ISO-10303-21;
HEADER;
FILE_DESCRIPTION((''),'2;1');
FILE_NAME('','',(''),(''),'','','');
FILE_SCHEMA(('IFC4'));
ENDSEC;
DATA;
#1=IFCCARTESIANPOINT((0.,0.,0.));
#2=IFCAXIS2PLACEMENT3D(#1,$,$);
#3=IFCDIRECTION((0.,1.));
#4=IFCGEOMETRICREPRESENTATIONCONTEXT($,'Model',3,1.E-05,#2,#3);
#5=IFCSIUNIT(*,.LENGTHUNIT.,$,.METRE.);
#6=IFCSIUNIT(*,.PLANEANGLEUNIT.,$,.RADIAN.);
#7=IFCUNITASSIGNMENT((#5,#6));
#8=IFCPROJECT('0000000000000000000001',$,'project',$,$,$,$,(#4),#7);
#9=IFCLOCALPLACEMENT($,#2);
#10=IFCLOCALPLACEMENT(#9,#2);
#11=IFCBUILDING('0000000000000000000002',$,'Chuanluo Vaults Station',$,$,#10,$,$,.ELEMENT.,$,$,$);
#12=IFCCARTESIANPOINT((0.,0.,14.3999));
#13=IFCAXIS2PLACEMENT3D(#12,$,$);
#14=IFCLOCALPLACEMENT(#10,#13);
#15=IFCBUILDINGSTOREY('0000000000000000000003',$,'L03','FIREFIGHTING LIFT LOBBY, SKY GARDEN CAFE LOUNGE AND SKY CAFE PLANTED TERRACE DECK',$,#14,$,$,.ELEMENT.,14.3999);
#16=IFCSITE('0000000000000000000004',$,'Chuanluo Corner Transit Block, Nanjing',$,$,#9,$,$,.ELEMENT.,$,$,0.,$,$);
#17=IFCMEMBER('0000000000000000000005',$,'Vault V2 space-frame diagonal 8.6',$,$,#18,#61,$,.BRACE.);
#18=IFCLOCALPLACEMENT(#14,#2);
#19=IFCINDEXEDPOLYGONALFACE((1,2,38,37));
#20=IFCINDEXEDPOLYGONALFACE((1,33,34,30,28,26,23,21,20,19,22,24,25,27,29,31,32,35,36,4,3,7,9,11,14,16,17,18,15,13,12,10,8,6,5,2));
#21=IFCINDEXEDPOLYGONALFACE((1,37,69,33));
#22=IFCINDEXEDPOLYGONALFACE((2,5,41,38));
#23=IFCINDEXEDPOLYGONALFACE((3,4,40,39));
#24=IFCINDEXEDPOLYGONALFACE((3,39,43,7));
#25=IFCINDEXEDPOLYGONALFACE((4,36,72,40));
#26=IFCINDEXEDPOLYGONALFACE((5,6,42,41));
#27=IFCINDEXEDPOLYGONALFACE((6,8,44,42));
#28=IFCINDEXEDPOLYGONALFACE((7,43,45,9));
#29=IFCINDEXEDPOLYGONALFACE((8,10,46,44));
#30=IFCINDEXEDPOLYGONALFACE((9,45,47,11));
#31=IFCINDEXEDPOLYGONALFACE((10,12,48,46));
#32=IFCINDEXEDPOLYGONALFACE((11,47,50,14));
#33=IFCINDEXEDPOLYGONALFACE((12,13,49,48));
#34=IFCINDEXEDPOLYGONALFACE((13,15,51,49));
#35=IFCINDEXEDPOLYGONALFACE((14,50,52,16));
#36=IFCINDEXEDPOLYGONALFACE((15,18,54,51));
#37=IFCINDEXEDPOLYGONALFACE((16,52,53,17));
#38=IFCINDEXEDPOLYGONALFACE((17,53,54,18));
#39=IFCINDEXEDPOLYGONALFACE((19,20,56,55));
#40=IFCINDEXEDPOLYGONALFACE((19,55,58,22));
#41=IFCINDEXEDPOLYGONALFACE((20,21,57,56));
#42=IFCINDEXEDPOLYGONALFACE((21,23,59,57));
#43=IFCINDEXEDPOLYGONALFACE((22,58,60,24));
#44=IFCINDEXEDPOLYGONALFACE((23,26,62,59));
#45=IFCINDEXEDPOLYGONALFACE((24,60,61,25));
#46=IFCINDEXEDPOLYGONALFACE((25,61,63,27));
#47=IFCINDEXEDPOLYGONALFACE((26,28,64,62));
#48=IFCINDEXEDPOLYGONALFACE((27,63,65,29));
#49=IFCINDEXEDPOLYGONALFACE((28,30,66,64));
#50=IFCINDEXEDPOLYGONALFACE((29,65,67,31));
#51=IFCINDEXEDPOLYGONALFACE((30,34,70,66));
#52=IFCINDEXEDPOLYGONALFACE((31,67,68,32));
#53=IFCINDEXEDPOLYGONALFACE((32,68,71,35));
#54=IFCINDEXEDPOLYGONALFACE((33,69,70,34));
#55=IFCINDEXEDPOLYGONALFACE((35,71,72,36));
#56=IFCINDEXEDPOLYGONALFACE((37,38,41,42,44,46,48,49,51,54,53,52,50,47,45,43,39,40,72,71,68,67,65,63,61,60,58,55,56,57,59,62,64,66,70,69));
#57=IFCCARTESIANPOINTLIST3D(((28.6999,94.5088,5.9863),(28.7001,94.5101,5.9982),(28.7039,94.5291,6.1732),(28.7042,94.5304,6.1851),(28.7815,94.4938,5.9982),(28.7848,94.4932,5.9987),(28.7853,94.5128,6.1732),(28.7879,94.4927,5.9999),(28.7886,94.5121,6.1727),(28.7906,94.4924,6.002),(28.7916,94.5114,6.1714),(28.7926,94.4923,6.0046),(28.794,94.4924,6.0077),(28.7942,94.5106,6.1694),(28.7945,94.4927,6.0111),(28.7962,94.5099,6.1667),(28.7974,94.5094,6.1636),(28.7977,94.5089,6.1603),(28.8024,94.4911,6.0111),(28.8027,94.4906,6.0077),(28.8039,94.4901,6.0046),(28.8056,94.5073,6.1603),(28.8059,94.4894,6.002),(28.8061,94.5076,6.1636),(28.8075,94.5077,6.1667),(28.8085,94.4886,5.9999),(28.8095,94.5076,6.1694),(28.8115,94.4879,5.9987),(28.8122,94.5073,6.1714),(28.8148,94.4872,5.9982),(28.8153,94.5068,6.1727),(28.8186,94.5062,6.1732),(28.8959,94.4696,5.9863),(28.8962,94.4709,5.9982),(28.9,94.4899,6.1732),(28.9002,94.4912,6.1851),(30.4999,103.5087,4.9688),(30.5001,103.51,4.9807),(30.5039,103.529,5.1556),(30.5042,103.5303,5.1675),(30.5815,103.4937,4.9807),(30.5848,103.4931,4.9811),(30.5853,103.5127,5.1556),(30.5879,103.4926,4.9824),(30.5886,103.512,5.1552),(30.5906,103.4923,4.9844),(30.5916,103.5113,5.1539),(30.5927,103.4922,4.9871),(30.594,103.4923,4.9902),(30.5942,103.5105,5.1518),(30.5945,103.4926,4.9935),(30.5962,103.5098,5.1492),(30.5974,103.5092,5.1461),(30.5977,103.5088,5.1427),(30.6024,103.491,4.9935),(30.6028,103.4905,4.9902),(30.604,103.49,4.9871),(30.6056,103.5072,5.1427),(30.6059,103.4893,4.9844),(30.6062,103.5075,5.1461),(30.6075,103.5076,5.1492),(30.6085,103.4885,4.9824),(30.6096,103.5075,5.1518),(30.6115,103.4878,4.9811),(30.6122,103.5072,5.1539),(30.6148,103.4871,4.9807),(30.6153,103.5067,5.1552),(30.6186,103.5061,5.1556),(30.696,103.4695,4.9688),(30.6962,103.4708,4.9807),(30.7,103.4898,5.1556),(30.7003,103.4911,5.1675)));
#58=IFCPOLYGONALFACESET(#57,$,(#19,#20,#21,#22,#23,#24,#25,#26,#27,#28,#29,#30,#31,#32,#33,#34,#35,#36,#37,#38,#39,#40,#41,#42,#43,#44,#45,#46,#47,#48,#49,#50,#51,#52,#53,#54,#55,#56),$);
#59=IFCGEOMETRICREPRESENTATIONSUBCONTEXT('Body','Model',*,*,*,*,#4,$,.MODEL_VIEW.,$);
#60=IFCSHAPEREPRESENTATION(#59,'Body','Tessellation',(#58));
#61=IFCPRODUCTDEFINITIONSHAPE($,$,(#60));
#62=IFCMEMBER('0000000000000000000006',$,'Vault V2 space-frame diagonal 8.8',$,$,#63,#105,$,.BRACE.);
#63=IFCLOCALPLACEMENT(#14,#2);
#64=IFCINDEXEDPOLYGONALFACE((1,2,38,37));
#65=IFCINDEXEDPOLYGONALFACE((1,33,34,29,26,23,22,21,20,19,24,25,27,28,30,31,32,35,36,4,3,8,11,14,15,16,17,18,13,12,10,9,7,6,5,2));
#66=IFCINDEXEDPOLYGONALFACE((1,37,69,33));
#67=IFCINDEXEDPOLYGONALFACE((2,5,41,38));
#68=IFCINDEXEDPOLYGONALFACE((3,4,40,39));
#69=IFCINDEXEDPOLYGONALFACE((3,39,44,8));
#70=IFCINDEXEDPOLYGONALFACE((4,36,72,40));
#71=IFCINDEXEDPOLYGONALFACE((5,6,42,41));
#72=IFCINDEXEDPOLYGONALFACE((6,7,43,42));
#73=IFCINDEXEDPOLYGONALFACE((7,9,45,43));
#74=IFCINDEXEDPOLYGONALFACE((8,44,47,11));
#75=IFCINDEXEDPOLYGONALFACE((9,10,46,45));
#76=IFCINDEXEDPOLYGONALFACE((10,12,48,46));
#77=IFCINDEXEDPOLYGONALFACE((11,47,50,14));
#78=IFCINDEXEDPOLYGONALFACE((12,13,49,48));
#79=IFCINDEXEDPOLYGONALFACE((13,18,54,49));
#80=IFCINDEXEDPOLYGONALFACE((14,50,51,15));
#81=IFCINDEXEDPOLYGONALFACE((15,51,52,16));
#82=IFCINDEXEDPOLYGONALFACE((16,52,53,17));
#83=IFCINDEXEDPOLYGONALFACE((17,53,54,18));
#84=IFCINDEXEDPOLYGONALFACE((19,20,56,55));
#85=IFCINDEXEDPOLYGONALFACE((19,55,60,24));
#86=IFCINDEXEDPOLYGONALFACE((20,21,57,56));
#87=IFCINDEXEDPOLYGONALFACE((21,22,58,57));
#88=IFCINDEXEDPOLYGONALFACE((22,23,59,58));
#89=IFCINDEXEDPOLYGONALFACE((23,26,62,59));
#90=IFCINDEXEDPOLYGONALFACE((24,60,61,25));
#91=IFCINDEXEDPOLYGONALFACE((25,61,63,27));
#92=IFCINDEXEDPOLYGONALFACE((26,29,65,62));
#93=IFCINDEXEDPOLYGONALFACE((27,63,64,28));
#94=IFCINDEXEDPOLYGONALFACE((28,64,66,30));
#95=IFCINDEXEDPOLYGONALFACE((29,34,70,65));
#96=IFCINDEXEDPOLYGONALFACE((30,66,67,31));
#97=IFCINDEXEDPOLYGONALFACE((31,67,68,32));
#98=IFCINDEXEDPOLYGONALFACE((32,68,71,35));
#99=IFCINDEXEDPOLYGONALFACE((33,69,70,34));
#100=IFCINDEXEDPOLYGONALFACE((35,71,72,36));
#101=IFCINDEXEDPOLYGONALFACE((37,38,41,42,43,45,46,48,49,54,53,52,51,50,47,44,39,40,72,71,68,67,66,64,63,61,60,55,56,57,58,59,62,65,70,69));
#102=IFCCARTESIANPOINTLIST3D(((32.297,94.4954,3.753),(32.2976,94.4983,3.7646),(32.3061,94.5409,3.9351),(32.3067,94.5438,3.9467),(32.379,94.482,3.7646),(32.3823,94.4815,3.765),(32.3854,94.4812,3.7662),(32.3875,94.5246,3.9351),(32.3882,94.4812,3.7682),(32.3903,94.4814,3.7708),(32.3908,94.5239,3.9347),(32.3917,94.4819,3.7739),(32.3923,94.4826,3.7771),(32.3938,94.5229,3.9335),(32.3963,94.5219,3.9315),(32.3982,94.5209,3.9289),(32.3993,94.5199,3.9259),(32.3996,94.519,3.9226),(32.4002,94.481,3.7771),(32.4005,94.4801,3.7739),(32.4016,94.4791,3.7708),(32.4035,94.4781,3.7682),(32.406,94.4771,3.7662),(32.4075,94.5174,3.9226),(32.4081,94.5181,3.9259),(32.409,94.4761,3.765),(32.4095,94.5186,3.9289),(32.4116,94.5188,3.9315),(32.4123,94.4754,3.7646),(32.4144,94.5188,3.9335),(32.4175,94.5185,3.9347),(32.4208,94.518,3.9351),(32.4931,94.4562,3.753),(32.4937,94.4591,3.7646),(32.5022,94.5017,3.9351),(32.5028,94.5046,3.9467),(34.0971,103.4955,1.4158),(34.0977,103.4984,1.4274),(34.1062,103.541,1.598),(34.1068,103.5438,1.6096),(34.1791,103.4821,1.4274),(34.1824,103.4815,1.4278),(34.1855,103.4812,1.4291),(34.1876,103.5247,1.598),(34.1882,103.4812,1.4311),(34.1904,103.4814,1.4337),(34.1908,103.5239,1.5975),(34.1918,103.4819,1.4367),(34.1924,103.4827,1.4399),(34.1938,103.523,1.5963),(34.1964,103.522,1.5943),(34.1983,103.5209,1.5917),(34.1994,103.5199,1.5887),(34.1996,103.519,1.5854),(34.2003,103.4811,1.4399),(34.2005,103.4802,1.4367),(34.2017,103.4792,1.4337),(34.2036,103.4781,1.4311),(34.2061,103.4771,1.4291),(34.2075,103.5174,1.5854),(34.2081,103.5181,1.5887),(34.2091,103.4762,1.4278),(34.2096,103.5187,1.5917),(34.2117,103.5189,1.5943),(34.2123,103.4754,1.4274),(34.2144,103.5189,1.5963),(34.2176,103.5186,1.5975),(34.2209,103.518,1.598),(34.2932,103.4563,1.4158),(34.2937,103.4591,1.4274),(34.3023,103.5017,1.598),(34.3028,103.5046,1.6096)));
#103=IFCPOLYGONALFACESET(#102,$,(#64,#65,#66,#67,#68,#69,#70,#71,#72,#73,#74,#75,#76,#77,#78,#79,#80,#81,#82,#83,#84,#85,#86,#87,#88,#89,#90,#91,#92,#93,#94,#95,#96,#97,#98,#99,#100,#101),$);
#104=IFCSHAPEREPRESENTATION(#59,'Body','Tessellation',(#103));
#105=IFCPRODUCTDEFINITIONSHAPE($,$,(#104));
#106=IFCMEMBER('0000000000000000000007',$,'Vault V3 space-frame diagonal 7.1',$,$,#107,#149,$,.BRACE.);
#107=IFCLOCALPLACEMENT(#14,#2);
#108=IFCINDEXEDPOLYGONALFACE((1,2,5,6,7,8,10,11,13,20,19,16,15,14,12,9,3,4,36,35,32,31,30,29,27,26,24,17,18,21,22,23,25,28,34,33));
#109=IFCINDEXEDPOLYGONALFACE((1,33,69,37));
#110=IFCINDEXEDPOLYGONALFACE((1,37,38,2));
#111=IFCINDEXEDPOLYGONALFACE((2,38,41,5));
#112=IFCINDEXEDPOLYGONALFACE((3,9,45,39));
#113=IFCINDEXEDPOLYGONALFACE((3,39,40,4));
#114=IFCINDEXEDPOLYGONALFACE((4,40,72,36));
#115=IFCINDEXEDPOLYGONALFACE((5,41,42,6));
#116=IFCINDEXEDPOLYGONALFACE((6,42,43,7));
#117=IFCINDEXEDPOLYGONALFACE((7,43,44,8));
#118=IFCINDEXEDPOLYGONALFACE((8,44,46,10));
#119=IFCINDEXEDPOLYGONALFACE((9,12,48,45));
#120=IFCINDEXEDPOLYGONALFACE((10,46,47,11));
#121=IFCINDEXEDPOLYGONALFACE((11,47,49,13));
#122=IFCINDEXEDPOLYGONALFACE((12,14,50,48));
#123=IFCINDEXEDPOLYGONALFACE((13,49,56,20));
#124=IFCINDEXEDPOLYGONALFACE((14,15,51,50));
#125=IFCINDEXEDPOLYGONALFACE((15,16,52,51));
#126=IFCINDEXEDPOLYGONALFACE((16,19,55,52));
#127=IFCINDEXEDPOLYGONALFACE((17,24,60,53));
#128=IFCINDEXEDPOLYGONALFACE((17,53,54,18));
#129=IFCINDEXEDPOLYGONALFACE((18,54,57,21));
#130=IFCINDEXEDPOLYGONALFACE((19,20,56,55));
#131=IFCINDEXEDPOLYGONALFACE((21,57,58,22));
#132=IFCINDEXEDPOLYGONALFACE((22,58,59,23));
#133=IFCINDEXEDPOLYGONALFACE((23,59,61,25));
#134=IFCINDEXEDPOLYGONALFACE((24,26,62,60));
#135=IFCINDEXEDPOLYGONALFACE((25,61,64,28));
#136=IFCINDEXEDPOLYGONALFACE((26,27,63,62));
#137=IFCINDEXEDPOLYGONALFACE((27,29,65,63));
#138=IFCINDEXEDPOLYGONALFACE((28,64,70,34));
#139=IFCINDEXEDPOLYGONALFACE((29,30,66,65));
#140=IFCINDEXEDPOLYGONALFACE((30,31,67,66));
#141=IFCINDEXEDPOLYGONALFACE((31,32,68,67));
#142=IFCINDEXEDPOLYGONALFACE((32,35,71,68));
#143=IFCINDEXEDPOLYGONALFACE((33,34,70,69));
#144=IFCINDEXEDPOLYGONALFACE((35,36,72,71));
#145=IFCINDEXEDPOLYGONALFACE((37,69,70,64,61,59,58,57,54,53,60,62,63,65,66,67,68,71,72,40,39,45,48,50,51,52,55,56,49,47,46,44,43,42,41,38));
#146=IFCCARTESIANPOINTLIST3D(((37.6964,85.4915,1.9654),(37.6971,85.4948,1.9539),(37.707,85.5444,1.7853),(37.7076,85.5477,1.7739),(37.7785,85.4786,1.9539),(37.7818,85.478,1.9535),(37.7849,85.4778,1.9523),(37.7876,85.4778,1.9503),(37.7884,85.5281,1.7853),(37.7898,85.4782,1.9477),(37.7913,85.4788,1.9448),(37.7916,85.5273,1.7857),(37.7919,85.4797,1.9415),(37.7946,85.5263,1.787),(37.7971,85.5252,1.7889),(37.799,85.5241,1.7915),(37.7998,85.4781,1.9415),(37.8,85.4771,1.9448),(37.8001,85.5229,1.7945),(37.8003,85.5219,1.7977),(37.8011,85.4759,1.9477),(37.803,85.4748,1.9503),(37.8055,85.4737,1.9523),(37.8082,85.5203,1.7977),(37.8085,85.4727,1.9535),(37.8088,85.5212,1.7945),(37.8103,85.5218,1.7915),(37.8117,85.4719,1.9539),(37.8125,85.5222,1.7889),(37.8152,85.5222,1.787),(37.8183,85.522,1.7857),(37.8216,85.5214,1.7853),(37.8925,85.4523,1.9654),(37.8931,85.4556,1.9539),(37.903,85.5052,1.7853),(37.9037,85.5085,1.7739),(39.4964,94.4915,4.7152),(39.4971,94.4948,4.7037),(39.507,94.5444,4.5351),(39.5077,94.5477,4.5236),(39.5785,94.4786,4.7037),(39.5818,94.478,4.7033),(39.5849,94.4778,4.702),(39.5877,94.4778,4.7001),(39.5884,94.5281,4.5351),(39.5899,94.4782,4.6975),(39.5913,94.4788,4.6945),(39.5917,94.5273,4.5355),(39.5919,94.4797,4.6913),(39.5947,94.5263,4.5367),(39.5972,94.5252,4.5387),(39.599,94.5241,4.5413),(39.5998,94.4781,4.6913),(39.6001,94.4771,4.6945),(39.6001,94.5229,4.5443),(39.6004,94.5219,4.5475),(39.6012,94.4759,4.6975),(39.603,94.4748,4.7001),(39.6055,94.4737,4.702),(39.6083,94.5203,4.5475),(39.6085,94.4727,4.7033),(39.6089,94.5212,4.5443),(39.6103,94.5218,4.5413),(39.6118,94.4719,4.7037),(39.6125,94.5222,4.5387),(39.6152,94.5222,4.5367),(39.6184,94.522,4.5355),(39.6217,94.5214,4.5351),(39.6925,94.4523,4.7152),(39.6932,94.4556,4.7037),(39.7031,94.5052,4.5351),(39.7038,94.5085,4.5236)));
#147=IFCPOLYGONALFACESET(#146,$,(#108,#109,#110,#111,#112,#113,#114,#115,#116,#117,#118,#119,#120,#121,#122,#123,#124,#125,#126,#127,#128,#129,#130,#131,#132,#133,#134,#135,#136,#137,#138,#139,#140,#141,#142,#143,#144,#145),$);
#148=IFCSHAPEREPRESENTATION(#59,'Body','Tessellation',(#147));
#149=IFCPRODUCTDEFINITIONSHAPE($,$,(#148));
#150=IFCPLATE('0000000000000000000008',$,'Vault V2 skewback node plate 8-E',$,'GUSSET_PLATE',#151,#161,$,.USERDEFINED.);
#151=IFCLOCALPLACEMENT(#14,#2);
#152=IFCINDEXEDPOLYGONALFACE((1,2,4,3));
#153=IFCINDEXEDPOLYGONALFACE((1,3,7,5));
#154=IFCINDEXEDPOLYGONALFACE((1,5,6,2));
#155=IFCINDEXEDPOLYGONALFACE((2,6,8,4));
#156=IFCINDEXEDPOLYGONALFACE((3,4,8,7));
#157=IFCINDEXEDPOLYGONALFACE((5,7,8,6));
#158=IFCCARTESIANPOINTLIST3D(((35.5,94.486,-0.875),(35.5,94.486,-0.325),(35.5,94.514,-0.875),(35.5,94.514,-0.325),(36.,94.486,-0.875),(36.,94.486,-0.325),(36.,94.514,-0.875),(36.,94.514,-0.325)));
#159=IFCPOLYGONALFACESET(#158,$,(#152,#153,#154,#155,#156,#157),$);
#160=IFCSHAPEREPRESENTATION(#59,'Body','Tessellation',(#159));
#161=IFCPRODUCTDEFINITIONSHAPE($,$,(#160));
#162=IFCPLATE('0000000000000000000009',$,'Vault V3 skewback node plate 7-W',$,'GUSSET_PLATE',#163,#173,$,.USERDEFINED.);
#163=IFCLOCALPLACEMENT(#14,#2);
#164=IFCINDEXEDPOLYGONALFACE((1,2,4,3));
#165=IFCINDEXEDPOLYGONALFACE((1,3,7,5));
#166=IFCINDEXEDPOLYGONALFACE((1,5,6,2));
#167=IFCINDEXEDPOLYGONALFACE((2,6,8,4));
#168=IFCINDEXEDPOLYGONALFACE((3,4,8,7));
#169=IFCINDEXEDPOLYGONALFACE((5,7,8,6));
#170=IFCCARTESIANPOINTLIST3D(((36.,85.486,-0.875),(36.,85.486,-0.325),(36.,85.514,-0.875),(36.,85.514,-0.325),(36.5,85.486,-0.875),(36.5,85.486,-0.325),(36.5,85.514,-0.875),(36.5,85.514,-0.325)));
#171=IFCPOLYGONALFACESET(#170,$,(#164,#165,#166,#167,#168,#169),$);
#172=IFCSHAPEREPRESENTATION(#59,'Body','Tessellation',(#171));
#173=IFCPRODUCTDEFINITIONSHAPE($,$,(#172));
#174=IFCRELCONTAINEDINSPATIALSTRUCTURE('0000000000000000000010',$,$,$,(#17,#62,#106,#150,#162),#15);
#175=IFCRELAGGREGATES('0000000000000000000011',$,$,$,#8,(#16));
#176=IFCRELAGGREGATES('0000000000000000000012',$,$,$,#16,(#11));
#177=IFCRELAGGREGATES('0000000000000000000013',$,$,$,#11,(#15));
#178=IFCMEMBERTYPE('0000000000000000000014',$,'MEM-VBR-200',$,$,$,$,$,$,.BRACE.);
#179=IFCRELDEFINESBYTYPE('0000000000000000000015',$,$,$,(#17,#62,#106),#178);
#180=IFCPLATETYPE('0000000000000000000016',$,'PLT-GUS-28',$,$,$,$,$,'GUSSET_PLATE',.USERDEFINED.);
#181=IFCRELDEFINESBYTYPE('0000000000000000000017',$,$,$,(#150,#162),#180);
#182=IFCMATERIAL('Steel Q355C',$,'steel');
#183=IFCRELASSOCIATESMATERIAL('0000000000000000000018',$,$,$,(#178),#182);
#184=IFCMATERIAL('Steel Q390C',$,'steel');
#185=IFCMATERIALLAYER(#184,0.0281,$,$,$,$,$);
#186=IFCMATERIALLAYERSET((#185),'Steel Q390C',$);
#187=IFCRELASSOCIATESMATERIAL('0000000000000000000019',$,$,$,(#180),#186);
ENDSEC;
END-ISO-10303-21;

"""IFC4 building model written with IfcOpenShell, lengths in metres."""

from ifc_helpers import new_model, si_unit, direction, frame, origin, origin_2d, place, context, subcontext, project, spatial, rectangle, i_section, extrude, material, layer, layer_set, material_profile, profile_set, type_object, element, save


model = new_model("IFC4")

# Units and contexts
model_context = context("Model", 3, precision=1e-05, world=origin(), true_north=direction((0.0, 1.0)))
body_context = subcontext(model_context, "Body", "Model", "MODEL_VIEW")
ifc_project = project(units=[si_unit("LENGTHUNIT", "METRE"), si_unit("PLANEANGLEUNIT", "RADIAN")], contexts=[model_context])

# Site, building, storey
site_placement = place(None, origin())
site = spatial("IfcSite", under=ifc_project, at=site_placement, Name="Chuanluo Corner Transit Block, Nanjing", CompositionType="ELEMENT", RefElevation=0.0)
building_placement = place(site_placement, origin())
building = spatial("IfcBuilding", under=site, at=building_placement, Name="Chuanluo Vaults Station", CompositionType="ELEMENT")
storey_placement = place(building_placement, frame((0.0, 0.0, 14.3999)))
storey = spatial("IfcBuildingStorey", under=building, at=storey_placement, Name="L03", Description="FIREFIGHTING LIFT LOBBY, SKY GARDEN CAFE LOUNGE AND SKY CAFE PLANTED TERRACE DECK", CompositionType="ELEMENT", Elevation=14.3999)

# Members
ifc_material_1 = material(Name="Steel Q355C", Category="steel")
ifc_material_profile_1 = material_profile(ifc_material_1, i_section(OverallWidth=0.2, OverallDepth=0.2, WebThickness=0.0081, FlangeThickness=0.012, FilletRadius=0.0129, at=origin_2d()))
ifc_profile_set_1 = profile_set([ifc_material_profile_1], Name="Steel Q355C")
member_type_1 = type_object("IfcMemberType", Name="MEM-VBR-200", PredefinedType="BRACE", material=ifc_profile_set_1)
member_1_placement = place(storey_placement, frame((28.8, 94.5, 6.0857), z_axis=(0.194927, 0.974608, -0.110193), x_axis=(-0.98058, 0.196121, 0.0)))
element("IfcMember", 1, at=member_1_placement, inside=storey, type_object=member_type_1, Name="Vault V2 space-frame diagonal 8.6", PredefinedType="BRACE", context=body_context, shape_type="SweptSolid", body=[
    extrude(i_section(OverallWidth=0.2, OverallDepth=0.2, WebThickness=0.0081, FlangeThickness=0.012, FilletRadius=0.0129, at=origin_2d()), origin(), (0.0, 0.0, 1.0), 9.2344),
])
member_2_placement = place(storey_placement, frame((32.3999, 94.5, 3.8499), z_axis=(0.190056, 0.950255, -0.246766), x_axis=(-0.98058, 0.196121, 0.0)))
element("IfcMember", 2, at=member_2_placement, inside=storey, type_object=member_type_1, Name="Vault V2 space-frame diagonal 8.8", PredefinedType="BRACE", context=body_context, shape_type="SweptSolid", body=[
    extrude(i_section(OverallWidth=0.2, OverallDepth=0.2, WebThickness=0.0081, FlangeThickness=0.012, FilletRadius=0.0129, at=origin_2d()), origin(), (0.0, 0.0, 1.0), 9.4712),
])
member_3_placement = place(storey_placement, frame((37.8, 85.5, 1.8696), z_axis=(0.187871, 0.93933, 0.286992), x_axis=(-0.98058, 0.196121, 0.0)))
element("IfcMember", 3, at=member_3_placement, inside=storey, type_object=member_type_1, Name="Vault V3 space-frame diagonal 7.1", PredefinedType="BRACE", context=body_context, shape_type="SweptSolid", body=[
    extrude(i_section(OverallWidth=0.2, OverallDepth=0.2, WebThickness=0.0081, FlangeThickness=0.012, FilletRadius=0.0129, at=origin_2d()), origin(), (0.0, 0.0, 1.0), 9.5813),
])

# Plates
ifc_material_2 = material(Name="Steel Q390C", Category="steel")
ifc_layer = layer(ifc_material_2, 0.0281)
ifc_layer_set = layer_set([ifc_layer], Name="Steel Q390C")
plate_type = type_object("IfcPlateType", Name="PLT-GUS-28", ElementType="GUSSET_PLATE", PredefinedType="USERDEFINED", material=ifc_layer_set)
for number, where, z_axis, x_axis, name in (
    (4, (35.75, 94.5, -0.875), (0.0, 0.0, 1.0), (1.0, 0.0, 0.0), "Vault V2 skewback node plate 8-E"),
    (5, (36.25, 85.5, -0.875), (0.0, 0.0, 1.0), (1.0, 0.0, 0.0), "Vault V3 skewback node plate 7-W"),
):
    element("IfcPlate", number, at=place(storey_placement, frame(where, z_axis=z_axis, x_axis=x_axis)), inside=storey, type_object=plate_type, Name=name, ObjectType="GUSSET_PLATE", PredefinedType="USERDEFINED", context=body_context, shape_type="SweptSolid", body=[
        extrude(rectangle(XDim=0.5, YDim=0.0281, at=origin_2d()), origin(), (0.0, 0.0, 1.0), 0.55),
    ])

save(model, "model.ifc")
